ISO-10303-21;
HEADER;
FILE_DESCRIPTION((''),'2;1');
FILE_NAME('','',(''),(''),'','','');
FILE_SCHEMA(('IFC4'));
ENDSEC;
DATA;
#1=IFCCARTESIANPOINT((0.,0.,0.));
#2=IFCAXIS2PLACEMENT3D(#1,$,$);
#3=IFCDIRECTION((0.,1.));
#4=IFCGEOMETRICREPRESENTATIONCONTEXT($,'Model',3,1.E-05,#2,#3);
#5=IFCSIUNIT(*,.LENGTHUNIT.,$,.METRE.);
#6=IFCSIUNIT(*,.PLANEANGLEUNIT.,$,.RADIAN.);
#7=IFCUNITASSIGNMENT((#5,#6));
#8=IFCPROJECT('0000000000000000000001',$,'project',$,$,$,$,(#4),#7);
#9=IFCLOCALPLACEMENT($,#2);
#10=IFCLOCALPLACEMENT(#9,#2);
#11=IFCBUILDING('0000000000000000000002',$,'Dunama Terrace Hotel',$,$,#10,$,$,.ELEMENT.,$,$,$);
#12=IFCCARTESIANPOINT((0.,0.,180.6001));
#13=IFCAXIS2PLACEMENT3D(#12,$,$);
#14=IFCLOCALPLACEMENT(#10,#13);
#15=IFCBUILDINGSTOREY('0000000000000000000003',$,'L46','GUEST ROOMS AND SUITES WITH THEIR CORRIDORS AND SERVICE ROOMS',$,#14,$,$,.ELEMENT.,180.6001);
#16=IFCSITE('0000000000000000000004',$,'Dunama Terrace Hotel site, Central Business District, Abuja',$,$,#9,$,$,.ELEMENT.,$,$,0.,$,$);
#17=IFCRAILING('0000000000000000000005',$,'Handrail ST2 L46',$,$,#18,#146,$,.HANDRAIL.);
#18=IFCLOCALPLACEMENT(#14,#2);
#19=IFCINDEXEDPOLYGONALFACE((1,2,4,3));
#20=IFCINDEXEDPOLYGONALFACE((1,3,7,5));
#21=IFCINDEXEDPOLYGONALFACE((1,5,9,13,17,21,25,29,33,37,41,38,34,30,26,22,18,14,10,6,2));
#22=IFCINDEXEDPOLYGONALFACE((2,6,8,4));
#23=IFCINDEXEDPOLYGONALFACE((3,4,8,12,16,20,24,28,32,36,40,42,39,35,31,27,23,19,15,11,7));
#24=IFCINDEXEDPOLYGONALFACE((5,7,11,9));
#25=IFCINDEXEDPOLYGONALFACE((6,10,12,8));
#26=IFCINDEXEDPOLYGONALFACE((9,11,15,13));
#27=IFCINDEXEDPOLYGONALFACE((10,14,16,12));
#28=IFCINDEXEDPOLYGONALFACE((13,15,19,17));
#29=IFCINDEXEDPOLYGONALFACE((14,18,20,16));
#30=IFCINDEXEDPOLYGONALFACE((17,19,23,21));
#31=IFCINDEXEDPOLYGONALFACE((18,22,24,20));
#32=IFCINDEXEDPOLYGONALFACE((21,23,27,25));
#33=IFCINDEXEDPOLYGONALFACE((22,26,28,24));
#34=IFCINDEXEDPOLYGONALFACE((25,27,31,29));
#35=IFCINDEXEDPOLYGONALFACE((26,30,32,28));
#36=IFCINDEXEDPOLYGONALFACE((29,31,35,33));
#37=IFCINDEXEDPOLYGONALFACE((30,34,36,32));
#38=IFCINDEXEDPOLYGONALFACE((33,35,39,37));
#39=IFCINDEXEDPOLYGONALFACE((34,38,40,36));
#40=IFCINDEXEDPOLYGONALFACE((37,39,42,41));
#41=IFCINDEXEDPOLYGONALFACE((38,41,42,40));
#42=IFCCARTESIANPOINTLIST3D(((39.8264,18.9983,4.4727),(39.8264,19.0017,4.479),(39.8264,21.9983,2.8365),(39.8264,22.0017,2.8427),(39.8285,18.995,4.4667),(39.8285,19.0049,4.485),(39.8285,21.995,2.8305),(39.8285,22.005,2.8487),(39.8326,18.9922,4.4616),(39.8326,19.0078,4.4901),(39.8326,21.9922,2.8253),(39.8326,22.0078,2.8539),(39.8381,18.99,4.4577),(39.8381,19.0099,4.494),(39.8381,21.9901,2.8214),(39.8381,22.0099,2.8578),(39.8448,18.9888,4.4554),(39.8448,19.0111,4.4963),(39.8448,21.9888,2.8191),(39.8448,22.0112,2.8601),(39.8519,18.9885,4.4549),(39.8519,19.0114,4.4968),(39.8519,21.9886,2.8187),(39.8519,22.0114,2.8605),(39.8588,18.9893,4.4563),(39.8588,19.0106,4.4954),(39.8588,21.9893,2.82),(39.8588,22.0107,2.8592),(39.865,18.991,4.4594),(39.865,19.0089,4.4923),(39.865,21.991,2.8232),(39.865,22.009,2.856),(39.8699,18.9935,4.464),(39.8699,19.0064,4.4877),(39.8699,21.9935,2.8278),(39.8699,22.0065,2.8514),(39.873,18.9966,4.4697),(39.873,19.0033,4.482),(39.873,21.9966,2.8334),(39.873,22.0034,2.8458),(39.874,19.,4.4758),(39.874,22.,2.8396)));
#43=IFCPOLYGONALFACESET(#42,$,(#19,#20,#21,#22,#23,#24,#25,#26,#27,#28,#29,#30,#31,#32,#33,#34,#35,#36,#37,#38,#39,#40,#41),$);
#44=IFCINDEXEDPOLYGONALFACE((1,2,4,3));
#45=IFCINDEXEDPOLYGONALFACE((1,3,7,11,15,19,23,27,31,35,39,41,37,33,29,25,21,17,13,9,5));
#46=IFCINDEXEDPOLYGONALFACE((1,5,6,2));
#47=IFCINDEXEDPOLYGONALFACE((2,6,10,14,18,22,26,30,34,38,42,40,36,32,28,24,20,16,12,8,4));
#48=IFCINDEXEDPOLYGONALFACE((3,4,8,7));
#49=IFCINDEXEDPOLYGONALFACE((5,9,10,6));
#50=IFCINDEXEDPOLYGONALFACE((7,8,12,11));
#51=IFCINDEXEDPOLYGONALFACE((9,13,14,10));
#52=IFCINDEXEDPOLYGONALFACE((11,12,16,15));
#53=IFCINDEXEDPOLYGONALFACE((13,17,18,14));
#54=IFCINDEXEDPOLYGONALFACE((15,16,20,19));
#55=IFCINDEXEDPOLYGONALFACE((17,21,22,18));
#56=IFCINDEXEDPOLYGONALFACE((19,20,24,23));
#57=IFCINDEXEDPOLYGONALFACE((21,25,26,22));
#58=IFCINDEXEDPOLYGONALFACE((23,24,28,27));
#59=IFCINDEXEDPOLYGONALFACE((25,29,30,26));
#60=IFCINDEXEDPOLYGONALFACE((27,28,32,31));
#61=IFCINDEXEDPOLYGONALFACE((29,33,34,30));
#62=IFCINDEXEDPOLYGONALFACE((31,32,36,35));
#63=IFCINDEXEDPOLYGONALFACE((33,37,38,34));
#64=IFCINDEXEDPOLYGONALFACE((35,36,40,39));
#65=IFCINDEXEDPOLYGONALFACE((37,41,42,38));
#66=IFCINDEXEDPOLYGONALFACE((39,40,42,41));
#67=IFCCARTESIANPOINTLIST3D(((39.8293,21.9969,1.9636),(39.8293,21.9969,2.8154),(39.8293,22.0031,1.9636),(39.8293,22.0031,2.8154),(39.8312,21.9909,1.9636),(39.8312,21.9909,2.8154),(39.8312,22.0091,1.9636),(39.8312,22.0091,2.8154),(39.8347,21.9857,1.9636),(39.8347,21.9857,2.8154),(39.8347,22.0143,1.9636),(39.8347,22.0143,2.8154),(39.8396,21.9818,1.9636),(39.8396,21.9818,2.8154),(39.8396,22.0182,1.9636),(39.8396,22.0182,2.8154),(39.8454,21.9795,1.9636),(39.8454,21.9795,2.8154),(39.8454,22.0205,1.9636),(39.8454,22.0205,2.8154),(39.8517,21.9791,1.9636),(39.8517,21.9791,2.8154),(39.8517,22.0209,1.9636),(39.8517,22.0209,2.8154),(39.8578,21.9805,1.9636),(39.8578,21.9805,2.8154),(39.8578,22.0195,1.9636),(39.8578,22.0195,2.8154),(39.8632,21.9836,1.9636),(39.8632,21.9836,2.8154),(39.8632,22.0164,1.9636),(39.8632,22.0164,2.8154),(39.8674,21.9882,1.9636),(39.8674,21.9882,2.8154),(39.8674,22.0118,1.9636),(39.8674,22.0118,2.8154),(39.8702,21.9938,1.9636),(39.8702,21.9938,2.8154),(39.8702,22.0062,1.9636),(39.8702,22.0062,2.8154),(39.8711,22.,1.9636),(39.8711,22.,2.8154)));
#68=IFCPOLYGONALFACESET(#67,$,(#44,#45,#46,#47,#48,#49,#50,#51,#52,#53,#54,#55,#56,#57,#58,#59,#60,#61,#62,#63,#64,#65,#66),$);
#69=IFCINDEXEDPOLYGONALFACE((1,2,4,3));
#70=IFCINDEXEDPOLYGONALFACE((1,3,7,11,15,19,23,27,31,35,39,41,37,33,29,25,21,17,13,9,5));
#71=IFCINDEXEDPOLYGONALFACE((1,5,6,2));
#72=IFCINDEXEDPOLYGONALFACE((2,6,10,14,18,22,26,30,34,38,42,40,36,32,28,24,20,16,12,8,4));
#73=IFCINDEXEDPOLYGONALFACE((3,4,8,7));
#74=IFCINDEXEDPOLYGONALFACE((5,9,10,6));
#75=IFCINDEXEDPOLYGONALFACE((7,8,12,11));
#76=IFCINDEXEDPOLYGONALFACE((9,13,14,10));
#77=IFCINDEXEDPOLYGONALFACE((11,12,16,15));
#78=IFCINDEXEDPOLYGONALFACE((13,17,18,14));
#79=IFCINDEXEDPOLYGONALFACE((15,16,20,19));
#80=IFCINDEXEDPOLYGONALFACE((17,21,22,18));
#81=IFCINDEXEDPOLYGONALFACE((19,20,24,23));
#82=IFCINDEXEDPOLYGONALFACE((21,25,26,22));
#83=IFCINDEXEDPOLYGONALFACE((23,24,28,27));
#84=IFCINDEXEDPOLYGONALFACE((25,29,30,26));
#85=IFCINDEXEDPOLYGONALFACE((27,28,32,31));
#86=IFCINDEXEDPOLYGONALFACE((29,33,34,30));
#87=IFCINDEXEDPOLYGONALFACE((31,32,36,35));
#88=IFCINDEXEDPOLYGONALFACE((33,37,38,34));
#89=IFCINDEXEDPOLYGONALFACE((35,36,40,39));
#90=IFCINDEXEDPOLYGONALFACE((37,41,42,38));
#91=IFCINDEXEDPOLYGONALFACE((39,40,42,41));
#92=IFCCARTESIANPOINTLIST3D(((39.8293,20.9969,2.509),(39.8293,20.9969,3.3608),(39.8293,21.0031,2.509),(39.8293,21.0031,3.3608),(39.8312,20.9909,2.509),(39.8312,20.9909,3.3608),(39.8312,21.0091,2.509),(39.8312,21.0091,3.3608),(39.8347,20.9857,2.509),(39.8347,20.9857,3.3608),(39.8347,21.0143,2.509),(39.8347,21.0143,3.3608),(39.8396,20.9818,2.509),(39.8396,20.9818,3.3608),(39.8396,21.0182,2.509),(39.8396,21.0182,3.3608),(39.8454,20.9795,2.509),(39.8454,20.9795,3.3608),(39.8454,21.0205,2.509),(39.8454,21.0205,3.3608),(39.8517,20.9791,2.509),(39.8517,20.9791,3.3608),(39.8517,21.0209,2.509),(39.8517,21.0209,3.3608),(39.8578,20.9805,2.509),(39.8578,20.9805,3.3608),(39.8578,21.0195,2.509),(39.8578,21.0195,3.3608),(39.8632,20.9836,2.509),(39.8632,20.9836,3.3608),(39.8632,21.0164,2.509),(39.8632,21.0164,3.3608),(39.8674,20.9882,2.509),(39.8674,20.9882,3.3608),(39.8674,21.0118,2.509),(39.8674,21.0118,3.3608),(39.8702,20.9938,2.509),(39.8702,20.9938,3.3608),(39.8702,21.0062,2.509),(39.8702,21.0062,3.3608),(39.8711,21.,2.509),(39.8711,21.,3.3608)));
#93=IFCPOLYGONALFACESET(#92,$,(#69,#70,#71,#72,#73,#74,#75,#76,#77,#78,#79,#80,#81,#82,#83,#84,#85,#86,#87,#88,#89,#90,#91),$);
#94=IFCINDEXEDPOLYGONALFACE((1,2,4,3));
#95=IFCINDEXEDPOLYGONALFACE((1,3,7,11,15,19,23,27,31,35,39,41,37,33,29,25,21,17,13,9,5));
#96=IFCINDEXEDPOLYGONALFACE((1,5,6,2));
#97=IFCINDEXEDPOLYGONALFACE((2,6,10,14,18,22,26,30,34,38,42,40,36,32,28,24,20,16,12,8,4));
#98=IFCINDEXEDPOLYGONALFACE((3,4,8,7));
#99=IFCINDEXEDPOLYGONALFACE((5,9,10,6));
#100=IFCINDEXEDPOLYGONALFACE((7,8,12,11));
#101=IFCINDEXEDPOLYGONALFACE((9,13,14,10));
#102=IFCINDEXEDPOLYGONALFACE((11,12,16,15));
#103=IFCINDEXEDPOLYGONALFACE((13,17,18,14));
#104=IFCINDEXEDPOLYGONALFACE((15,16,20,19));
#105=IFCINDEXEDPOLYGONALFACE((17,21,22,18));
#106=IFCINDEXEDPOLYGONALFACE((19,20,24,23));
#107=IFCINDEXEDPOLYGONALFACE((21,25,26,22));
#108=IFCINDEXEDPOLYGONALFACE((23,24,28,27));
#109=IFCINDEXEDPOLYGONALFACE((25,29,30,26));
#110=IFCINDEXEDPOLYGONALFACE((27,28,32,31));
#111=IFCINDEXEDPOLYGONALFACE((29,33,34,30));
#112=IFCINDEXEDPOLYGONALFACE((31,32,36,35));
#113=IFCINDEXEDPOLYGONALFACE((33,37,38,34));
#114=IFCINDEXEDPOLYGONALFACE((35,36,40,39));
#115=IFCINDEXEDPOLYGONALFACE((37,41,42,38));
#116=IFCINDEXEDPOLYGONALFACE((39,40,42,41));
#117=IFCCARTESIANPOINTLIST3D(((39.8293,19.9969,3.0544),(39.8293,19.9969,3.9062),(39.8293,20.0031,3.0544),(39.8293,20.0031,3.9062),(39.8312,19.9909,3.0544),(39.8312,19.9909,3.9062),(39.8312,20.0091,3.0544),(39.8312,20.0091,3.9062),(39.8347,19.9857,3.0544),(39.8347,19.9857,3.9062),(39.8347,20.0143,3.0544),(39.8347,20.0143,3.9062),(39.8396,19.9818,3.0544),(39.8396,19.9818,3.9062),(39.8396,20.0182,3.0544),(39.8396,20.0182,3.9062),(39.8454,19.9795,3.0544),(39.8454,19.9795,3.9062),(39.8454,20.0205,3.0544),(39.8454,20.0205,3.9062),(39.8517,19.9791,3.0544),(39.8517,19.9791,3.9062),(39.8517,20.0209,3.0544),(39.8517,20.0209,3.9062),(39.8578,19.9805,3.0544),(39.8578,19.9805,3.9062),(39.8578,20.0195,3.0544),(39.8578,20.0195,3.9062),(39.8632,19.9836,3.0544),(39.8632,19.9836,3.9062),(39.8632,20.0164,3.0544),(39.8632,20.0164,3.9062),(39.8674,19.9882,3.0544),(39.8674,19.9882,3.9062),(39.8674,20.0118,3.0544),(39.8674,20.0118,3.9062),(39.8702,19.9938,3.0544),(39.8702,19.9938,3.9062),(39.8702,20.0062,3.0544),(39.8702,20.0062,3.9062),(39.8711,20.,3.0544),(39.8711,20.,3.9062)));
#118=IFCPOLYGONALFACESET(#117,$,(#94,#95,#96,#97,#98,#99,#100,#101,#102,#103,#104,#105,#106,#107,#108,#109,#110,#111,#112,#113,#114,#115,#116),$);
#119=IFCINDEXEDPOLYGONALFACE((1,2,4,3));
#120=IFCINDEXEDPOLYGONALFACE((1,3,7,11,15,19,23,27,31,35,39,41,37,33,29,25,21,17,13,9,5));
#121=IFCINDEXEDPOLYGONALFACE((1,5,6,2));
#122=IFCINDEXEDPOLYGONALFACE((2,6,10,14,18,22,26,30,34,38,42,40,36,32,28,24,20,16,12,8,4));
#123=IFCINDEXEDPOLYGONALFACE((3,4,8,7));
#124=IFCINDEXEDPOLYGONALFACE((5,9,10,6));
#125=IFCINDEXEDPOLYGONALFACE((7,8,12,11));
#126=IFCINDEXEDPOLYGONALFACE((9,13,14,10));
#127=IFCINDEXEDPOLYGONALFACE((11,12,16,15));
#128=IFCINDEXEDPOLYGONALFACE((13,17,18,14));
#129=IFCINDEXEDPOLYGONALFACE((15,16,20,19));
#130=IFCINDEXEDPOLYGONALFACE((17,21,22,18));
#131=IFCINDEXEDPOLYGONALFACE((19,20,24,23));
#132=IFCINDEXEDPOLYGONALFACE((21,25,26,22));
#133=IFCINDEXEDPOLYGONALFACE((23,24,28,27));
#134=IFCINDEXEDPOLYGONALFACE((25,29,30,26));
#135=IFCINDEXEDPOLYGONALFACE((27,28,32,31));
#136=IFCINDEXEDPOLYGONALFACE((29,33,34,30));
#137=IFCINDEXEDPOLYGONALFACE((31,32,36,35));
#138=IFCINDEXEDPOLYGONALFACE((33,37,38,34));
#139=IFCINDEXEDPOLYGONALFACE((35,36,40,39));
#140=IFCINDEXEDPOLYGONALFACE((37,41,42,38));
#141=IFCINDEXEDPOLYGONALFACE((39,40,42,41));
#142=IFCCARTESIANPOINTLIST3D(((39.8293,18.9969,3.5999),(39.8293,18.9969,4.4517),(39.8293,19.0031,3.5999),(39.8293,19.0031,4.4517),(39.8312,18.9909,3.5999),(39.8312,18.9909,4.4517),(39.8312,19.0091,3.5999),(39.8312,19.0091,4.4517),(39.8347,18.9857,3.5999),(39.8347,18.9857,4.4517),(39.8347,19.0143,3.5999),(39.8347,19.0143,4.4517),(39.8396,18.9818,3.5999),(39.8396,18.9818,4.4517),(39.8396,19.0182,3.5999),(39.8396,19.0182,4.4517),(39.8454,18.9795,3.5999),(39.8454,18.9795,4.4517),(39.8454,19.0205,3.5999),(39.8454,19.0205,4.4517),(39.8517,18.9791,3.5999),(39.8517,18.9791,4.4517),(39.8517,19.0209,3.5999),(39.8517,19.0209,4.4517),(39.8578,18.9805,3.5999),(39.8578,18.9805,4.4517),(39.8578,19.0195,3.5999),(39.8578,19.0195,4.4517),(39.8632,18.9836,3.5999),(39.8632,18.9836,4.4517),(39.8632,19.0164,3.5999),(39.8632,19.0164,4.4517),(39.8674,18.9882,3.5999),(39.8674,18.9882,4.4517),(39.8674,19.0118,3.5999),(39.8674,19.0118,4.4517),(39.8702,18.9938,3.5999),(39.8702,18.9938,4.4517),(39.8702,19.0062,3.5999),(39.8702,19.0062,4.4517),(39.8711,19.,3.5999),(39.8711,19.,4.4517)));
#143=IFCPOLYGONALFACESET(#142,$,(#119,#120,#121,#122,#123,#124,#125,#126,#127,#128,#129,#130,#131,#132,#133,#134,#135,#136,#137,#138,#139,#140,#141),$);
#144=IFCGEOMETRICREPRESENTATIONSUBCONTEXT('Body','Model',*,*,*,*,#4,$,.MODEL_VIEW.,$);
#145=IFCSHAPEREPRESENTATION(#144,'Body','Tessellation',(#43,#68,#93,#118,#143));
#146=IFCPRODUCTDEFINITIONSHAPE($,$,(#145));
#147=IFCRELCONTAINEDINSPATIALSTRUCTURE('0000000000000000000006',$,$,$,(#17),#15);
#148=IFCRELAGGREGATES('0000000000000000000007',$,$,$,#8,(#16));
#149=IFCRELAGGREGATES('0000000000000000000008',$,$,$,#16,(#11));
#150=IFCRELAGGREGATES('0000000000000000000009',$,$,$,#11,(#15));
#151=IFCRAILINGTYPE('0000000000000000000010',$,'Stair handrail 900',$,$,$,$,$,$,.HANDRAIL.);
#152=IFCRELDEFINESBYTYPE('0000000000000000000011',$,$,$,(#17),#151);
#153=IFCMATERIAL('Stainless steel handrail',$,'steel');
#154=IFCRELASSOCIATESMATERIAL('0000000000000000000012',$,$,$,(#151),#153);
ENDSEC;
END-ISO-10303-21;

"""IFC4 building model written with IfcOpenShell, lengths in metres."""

from ifc_helpers import new_model, si_unit, direction, frame, origin, origin_2d, place, context, subcontext, project, spatial, circle, extrude, material, type_object, element, save


model = new_model("IFC4")

# Units and contexts
model_context = context("Model", 3, precision=1e-05, world=origin(), true_north=direction((0.0, 1.0)))
body_context = subcontext(model_context, "Body", "Model", "MODEL_VIEW")
ifc_project = project(units=[si_unit("LENGTHUNIT", "METRE"), si_unit("PLANEANGLEUNIT", "RADIAN")], contexts=[model_context])

# Site, building, storey
site_placement = place(None, origin())
site = spatial("IfcSite", under=ifc_project, at=site_placement, Name="Dunama Terrace Hotel site, Central Business District, Abuja", CompositionType="ELEMENT", RefElevation=0.0)
building_placement = place(site_placement, origin())
building = spatial("IfcBuilding", under=site, at=building_placement, Name="Dunama Terrace Hotel", CompositionType="ELEMENT")
storey_placement = place(building_placement, frame((0.0, 0.0, 180.6001)))
storey = spatial("IfcBuildingStorey", under=building, at=storey_placement, Name="L46", Description="GUEST ROOMS AND SUITES WITH THEIR CORRIDORS AND SERVICE ROOMS", CompositionType="ELEMENT", Elevation=180.6001)

# Railing
ifc_material_1 = material(Name="Stainless steel handrail", Category="steel")
railing_type_1 = type_object("IfcRailingType", Name="Stair handrail 900", PredefinedType="HANDRAIL", material=ifc_material_1)
railing_1_placement = place(storey_placement, frame((39.8501, 22.0, 1.9636)))
element("IfcRailing", 1, at=railing_1_placement, inside=storey, type_object=railing_type_1, Name="Handrail ST2 L46", PredefinedType="HANDRAIL", context=body_context, shape_type="SweptSolid", body=[
    extrude(circle(Radius=0.0239, at=origin_2d()), frame((0.0, 0.0, 0.876), z_axis=(0.0, -0.877912, 0.478822), x_axis=(1.0, 0.0, 0.0)), (0.0, 0.0, 1.0), 3.4172),
    extrude(circle(Radius=0.021, at=origin_2d()), origin(), (0.0, 0.0, 1.0), 0.8518),
    extrude(circle(Radius=0.021, at=origin_2d()), frame((0.0, -1.0, 0.5454)), (0.0, 0.0, 1.0), 0.8518),
    extrude(circle(Radius=0.021, at=origin_2d()), frame((0.0, -2.0, 1.0908)), (0.0, 0.0, 1.0), 0.8518),
    extrude(circle(Radius=0.021, at=origin_2d()), frame((0.0, -3.0, 1.6362)), (0.0, 0.0, 1.0), 0.8518),
])

save(model, "model.ifc")
